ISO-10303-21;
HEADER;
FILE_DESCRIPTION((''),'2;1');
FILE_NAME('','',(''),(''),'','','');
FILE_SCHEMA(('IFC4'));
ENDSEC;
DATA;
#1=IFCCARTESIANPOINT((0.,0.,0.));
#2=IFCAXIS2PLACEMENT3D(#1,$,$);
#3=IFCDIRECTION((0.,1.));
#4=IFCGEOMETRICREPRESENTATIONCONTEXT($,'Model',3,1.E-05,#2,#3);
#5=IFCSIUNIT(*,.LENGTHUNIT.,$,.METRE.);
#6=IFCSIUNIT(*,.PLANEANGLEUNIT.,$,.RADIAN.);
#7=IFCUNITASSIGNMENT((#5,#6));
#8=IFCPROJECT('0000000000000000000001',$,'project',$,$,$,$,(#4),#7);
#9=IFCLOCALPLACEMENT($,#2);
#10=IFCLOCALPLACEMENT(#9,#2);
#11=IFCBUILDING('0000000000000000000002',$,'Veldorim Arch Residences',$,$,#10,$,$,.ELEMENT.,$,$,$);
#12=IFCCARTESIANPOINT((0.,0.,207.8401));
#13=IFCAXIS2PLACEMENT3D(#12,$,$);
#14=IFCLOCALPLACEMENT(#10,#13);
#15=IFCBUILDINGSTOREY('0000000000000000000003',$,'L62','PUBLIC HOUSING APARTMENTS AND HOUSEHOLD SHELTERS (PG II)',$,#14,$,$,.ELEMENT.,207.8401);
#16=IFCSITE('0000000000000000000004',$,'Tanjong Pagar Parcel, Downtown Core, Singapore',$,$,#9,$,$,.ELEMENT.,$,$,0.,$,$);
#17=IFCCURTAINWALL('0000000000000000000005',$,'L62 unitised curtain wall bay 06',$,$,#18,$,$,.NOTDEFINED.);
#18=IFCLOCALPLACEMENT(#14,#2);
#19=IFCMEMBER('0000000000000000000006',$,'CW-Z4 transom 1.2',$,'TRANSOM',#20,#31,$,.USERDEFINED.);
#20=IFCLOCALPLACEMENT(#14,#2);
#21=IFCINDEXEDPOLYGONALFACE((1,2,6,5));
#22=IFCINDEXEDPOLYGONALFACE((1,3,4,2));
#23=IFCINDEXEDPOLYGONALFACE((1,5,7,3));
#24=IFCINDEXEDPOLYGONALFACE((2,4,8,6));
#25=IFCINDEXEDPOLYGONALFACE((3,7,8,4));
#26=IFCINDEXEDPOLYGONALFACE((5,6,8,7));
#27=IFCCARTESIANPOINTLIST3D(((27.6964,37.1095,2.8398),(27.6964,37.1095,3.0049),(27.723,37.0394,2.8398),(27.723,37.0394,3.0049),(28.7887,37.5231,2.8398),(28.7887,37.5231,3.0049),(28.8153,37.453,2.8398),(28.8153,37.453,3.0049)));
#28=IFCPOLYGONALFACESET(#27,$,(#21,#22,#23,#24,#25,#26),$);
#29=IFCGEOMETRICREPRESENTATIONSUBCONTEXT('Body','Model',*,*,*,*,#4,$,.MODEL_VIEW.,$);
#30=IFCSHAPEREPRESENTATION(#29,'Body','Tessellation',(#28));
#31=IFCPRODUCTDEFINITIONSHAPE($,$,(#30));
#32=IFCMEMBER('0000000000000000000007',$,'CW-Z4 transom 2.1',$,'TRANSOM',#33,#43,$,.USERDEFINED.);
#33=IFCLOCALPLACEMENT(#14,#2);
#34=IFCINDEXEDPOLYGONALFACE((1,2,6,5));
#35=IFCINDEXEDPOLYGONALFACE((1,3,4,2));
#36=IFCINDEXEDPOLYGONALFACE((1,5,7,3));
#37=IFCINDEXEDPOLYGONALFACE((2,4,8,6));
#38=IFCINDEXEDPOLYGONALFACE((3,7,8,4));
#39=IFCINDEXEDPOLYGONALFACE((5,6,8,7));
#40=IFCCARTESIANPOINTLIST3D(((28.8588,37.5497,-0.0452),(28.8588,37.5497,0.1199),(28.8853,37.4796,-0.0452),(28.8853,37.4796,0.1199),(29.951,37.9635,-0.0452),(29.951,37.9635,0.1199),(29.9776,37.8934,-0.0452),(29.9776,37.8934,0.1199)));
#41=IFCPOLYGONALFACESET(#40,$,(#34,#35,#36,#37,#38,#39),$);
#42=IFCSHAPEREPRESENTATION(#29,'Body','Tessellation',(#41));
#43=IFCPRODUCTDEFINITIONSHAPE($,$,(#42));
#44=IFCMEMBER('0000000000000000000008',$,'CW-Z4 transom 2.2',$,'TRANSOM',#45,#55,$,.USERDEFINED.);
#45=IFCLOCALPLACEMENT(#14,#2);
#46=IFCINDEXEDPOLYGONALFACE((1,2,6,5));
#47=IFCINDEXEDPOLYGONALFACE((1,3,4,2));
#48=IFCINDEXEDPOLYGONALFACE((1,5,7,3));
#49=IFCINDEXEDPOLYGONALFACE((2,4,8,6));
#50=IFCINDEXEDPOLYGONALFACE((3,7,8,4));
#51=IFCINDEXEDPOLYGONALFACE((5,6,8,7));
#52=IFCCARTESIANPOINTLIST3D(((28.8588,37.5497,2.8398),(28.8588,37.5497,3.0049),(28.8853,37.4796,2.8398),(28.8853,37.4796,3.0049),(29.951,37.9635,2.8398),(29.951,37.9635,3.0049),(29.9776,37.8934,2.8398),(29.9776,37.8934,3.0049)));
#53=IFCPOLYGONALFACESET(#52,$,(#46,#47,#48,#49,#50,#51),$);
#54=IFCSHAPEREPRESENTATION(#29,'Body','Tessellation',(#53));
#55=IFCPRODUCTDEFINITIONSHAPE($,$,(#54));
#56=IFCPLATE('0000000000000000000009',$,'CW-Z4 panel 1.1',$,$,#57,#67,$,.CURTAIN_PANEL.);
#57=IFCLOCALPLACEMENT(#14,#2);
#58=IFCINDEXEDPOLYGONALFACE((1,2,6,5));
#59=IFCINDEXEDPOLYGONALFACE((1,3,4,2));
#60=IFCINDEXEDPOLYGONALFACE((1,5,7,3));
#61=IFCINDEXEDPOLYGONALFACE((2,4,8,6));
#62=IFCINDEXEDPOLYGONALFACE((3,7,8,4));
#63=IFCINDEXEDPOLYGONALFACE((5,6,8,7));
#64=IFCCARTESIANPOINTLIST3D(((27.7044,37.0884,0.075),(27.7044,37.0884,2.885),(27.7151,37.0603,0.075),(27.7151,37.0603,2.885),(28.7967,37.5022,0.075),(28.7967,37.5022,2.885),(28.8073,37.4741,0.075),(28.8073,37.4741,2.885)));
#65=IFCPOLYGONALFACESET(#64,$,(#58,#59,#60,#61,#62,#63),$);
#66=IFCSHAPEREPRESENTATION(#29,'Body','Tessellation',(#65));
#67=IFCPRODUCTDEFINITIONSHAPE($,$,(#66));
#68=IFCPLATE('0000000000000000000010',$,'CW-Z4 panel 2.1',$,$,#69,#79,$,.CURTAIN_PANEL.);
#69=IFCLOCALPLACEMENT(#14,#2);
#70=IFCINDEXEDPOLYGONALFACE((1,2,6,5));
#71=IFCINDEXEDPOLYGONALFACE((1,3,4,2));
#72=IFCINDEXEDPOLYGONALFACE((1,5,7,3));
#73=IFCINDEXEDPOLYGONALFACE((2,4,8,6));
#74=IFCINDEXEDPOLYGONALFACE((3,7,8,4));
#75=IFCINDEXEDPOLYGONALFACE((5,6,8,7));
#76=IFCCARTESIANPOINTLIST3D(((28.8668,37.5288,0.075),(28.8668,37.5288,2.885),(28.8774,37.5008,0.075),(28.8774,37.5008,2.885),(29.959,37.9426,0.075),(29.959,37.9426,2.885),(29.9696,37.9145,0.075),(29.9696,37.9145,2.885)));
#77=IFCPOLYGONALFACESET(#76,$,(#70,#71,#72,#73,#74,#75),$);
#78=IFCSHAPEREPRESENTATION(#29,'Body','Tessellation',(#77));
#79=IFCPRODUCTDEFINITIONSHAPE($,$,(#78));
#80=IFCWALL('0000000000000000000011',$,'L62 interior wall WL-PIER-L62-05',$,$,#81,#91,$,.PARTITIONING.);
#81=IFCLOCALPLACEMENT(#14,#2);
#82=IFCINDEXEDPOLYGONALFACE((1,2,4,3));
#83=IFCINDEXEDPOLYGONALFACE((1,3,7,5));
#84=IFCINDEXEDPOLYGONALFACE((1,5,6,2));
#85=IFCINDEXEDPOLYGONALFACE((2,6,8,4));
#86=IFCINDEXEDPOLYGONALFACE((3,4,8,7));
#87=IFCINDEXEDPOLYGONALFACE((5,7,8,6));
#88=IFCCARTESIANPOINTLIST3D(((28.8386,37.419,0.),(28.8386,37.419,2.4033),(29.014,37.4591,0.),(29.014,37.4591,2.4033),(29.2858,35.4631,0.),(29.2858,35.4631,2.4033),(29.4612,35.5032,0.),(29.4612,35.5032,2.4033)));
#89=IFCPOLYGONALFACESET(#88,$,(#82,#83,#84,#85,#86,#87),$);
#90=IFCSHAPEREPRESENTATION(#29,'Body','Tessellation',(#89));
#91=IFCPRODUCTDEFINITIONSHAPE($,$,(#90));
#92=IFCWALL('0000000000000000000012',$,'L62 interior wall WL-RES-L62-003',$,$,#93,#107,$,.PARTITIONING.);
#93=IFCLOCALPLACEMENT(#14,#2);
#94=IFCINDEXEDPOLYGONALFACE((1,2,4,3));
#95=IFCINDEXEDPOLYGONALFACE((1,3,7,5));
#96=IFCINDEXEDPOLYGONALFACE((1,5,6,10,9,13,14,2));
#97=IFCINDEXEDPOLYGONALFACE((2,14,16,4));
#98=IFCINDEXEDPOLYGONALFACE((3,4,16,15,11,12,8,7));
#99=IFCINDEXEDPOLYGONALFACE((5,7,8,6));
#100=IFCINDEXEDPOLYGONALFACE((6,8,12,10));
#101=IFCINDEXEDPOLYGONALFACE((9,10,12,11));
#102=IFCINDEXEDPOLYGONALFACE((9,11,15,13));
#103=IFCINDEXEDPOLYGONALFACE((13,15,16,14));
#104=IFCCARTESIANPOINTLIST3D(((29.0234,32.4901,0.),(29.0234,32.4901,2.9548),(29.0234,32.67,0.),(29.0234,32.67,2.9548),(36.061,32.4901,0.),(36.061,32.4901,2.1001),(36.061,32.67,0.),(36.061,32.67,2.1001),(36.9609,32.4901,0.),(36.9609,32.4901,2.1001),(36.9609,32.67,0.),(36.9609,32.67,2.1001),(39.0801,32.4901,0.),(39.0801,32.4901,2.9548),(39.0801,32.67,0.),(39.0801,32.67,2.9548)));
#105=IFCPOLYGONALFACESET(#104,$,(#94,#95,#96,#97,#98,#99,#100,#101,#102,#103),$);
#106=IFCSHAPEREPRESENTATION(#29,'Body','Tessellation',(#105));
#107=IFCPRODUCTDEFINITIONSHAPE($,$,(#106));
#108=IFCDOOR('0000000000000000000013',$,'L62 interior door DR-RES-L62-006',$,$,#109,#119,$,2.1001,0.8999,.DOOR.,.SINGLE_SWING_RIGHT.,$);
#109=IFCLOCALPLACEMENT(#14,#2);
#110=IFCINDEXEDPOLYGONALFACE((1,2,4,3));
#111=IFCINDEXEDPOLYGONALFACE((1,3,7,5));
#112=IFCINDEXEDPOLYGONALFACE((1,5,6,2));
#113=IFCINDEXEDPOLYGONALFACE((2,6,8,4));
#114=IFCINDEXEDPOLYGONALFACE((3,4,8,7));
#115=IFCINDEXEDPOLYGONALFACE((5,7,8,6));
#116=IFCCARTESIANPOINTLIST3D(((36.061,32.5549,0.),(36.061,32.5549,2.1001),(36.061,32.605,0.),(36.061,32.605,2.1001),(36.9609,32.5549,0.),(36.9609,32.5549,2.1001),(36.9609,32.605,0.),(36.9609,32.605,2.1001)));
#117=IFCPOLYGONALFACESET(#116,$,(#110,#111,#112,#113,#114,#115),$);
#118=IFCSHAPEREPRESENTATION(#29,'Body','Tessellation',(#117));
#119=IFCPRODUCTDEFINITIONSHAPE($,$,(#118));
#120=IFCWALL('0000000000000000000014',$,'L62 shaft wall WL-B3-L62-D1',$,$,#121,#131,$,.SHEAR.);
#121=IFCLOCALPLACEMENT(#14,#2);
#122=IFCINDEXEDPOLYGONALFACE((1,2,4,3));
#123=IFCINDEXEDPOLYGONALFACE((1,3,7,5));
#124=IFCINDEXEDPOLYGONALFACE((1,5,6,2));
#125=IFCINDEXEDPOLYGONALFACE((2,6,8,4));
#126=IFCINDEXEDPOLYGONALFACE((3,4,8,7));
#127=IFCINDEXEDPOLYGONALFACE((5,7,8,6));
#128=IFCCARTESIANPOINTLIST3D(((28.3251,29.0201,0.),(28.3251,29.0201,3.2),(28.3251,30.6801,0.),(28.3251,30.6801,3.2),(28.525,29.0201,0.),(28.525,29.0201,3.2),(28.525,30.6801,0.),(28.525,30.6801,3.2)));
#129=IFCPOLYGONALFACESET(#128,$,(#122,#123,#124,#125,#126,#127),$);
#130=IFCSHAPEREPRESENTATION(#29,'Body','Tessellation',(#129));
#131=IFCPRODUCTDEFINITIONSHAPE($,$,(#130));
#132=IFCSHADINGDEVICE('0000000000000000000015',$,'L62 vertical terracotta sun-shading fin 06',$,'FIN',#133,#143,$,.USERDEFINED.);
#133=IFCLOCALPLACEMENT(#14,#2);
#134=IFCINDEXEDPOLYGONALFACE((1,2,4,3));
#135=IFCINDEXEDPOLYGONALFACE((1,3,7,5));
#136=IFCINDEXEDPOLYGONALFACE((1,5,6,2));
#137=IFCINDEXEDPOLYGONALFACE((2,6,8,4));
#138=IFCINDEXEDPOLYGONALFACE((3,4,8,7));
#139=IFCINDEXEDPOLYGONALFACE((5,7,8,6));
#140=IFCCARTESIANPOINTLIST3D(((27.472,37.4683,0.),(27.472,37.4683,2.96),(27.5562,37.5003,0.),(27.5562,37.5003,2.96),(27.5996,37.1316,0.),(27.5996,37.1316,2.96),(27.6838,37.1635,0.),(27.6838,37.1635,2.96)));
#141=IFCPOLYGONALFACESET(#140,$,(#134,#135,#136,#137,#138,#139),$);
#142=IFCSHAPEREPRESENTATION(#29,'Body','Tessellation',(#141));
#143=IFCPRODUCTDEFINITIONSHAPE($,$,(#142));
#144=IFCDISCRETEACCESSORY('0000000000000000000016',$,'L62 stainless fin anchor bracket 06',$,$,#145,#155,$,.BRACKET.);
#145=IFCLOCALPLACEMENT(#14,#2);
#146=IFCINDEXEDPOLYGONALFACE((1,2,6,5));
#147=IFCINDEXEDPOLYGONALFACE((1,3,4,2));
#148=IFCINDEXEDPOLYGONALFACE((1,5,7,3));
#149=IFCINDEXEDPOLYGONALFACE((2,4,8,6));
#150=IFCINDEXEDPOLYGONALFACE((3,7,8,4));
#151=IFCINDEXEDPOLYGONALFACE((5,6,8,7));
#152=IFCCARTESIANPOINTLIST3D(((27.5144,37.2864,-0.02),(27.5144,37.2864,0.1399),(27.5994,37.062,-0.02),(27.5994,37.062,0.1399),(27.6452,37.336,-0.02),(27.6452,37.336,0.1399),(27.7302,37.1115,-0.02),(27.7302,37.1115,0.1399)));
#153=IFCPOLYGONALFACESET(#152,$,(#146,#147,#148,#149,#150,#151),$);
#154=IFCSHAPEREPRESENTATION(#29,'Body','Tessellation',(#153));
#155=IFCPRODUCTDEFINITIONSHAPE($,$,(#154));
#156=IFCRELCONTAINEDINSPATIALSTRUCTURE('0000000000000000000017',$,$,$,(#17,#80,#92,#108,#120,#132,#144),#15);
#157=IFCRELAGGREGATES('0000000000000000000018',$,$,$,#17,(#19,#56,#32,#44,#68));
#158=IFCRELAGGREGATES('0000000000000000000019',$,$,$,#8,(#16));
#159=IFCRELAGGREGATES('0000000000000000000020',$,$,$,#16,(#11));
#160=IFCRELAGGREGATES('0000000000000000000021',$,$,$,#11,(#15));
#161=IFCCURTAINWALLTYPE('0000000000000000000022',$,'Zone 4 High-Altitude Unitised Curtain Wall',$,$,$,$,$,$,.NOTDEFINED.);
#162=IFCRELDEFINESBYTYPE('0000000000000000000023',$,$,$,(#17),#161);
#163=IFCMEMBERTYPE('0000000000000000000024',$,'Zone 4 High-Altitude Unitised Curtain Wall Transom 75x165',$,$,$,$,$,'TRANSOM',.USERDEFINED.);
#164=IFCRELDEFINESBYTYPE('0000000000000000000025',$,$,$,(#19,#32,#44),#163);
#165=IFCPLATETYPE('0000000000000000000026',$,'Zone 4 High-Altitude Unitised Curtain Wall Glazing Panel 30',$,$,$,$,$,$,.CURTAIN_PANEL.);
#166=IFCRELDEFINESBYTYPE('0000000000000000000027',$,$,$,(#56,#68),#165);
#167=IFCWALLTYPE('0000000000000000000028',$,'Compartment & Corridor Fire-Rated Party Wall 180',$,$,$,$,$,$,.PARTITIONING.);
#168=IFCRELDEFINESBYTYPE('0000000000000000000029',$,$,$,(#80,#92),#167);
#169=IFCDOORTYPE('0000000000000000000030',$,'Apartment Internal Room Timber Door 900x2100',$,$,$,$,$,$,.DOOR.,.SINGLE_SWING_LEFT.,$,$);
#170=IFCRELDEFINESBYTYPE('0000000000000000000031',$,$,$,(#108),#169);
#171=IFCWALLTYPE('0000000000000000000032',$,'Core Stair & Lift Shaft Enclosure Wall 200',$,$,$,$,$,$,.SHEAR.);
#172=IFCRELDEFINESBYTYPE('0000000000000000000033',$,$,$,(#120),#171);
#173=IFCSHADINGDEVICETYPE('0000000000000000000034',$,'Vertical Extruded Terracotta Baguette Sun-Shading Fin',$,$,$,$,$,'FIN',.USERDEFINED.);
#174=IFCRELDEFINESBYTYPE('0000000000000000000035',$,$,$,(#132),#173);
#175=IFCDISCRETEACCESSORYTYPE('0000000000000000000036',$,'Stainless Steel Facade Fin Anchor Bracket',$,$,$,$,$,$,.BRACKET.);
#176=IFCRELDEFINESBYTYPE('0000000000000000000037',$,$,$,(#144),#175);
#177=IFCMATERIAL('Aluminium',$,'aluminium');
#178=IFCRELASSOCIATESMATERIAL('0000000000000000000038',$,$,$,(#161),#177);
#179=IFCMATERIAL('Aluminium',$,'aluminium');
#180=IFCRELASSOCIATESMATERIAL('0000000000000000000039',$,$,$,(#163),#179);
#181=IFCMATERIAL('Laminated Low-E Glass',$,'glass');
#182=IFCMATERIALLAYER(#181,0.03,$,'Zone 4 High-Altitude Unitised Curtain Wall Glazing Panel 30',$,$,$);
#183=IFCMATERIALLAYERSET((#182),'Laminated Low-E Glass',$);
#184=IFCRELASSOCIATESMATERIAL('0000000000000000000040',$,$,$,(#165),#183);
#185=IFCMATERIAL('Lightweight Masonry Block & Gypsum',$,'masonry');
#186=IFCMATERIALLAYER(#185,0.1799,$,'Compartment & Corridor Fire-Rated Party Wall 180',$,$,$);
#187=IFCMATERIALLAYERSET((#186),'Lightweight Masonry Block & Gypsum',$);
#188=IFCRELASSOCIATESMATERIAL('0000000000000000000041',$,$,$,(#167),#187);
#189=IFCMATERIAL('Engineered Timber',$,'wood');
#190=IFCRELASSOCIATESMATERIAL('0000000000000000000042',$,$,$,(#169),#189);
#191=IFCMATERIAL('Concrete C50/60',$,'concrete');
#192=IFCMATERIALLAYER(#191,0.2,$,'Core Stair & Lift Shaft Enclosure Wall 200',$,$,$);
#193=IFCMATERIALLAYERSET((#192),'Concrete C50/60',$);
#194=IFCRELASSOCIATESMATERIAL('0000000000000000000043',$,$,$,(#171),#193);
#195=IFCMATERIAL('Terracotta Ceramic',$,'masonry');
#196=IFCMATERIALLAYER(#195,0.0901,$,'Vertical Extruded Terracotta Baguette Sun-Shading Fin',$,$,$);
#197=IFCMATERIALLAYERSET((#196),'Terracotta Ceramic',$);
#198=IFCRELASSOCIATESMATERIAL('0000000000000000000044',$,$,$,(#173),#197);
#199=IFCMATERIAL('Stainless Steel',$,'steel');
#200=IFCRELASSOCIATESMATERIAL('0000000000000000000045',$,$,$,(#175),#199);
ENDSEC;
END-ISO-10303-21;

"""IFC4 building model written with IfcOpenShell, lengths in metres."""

from ifc_helpers import new_model, si_unit, direction, frame, frame_2d, origin, origin_2d, place, context, subcontext, project, spatial, rectangle, extrude, material, layer, layer_set, material_profile, profile_set, type_object, element, fill, aggregate, save


model = new_model("IFC4")

# Units and contexts
model_context = context("Model", 3, precision=1e-05, world=origin(), true_north=direction((0.0, 1.0)))
body_context = subcontext(model_context, "Body", "Model", "MODEL_VIEW")
ifc_project = project(units=[si_unit("LENGTHUNIT", "METRE"), si_unit("PLANEANGLEUNIT", "RADIAN")], contexts=[model_context])

# Site, building, storey
site_placement = place(None, origin())
site = spatial("IfcSite", under=ifc_project, at=site_placement, Name="Tanjong Pagar Parcel, Downtown Core, Singapore", CompositionType="ELEMENT", RefElevation=0.0)
building_placement = place(site_placement, origin())
building = spatial("IfcBuilding", under=site, at=building_placement, Name="Veldorim Arch Residences", CompositionType="ELEMENT")
storey_placement = place(building_placement, frame((0.0, 0.0, 207.8401)))
storey = spatial("IfcBuildingStorey", under=building, at=storey_placement, Name="L62", Description="PUBLIC HOUSING APARTMENTS AND HOUSEHOLD SHELTERS (PG II)", CompositionType="ELEMENT", Elevation=207.8401)

# Curtain wall, members, plates
ifc_material_1 = material(Name="Aluminium", Category="aluminium")
curtain_wall_type = type_object("IfcCurtainWallType", Name="Zone 4 High-Altitude Unitised Curtain Wall", PredefinedType="NOTDEFINED", material=ifc_material_1)
curtain_wall_placement = place(storey_placement, origin())
curtain_wall = element("IfcCurtainWall", 1, at=curtain_wall_placement, inside=storey, type_object=curtain_wall_type, Name="L62 unitised curtain wall bay 06", PredefinedType="NOTDEFINED")
ifc_material_2 = material(Name="Aluminium", Category="aluminium")
ifc_material_profile_1 = material_profile(ifc_material_2, rectangle(XDim=0.075, YDim=0.165, at=origin_2d()), Name="ALU_TRN_75x165")
ifc_profile_set_1 = profile_set([ifc_material_profile_1], Name="Aluminium")
member_type_1 = type_object("IfcMemberType", Name="Zone 4 High-Altitude Unitised Curtain Wall Transom 75x165", ElementType="TRANSOM", PredefinedType="USERDEFINED", material=ifc_profile_set_1)
member_1_placement = place(storey_placement, frame((27.7097, 37.0745, 2.9224), z_axis=(0.935208, 0.3541, 0.0), x_axis=(-0.3541, 0.935208, 0.0)))
member_1 = element("IfcMember", 2, at=member_1_placement, type_object=member_type_1, Name="CW-Z4 transom 1.2", ObjectType="TRANSOM", PredefinedType="USERDEFINED", context=body_context, shape_type="SweptSolid", body=[
    extrude(rectangle(XDim=0.075, YDim=0.165, at=origin_2d()), origin(), (0.0, 0.0, 1.0), 1.168),
])
member_2_placement = place(storey_placement, frame((28.8721, 37.5146, 0.0374), z_axis=(0.935138, 0.354282, 0.0), x_axis=(-0.354282, 0.935138, 0.0)))
member_2 = element("IfcMember", 3, at=member_2_placement, type_object=member_type_1, Name="CW-Z4 transom 2.1", ObjectType="TRANSOM", PredefinedType="USERDEFINED", context=body_context, shape_type="SweptSolid", body=[
    extrude(rectangle(XDim=0.075, YDim=0.165, at=origin_2d()), origin(), (0.0, 0.0, 1.0), 1.168),
])
member_3_placement = place(storey_placement, frame((28.8721, 37.5146, 2.9224), z_axis=(0.935138, 0.354282, 0.0), x_axis=(-0.354282, 0.935138, 0.0)))
member_3 = element("IfcMember", 4, at=member_3_placement, type_object=member_type_1, Name="CW-Z4 transom 2.2", ObjectType="TRANSOM", PredefinedType="USERDEFINED", context=body_context, shape_type="SweptSolid", body=[
    extrude(rectangle(XDim=0.075, YDim=0.165, at=origin_2d()), origin(), (0.0, 0.0, 1.0), 1.168),
])
ifc_material_3 = material(Name="Laminated Low-E Glass", Category="glass")
ifc_layer_1 = layer(ifc_material_3, 0.03, Name="Zone 4 High-Altitude Unitised Curtain Wall Glazing Panel 30")
ifc_layer_set_1 = layer_set([ifc_layer_1], Name="Laminated Low-E Glass")
plate_type = type_object("IfcPlateType", Name="Zone 4 High-Altitude Unitised Curtain Wall Glazing Panel 30", PredefinedType="CURTAIN_PANEL", material=ifc_layer_set_1)
plate_1_placement = place(storey_placement, frame((28.2559, 37.2812, 0.075), z_axis=(0.0, 0.0, 1.0), x_axis=(0.935154, 0.354241, 0.0)))
plate_1 = element("IfcPlate", 5, at=plate_1_placement, type_object=plate_type, Name="CW-Z4 panel 1.1", PredefinedType="CURTAIN_PANEL", context=body_context, shape_type="SweptSolid", body=[
    extrude(rectangle(XDim=1.168, YDim=0.03, at=origin_2d()), origin(), (0.0, 0.0, 1.0), 2.8101),
])
plate_2_placement = place(storey_placement, frame((29.4182, 37.7217, 0.075), z_axis=(0.0, 0.0, 1.0), x_axis=(0.935154, 0.354241, 0.0)))
plate_2 = element("IfcPlate", 6, at=plate_2_placement, type_object=plate_type, Name="CW-Z4 panel 2.1", PredefinedType="CURTAIN_PANEL", context=body_context, shape_type="SweptSolid", body=[
    extrude(rectangle(XDim=1.168, YDim=0.03, at=origin_2d()), origin(), (0.0, 0.0, 1.0), 2.8101),
])
aggregate(curtain_wall, [member_1, plate_1, member_2, member_3, plate_2])

# Wall
ifc_material_4 = material(Name="Lightweight Masonry Block & Gypsum", Category="masonry")
ifc_layer_2 = layer(ifc_material_4, 0.1799, Name="Compartment & Corridor Fire-Rated Party Wall 180")
ifc_layer_set_2 = layer_set([ifc_layer_2], Name="Lightweight Masonry Block & Gypsum")
wall_type_1 = type_object("IfcWallType", Name="Compartment & Corridor Fire-Rated Party Wall 180", PredefinedType="PARTITIONING", material=ifc_layer_set_2)
wall_1_placement = place(storey_placement, frame((29.3735, 35.4832, 0.0), z_axis=(0.0, 0.0, 1.0), x_axis=(-0.222931, 0.974834, 0.0)))
element("IfcWall", 7, at=wall_1_placement, inside=storey, type_object=wall_type_1, Name="L62 interior wall WL-PIER-L62-05", PredefinedType="PARTITIONING", context=body_context, shape_type="SweptSolid", body=[
    extrude(rectangle(XDim=2.0063, YDim=0.1799, at=frame_2d((1.0032, 0.0))), origin(), (0.0, 0.0, 1.0), 2.4033),
])

# Wall, opening, door
wall_2_placement = place(storey_placement, frame((29.0234, 32.5801, 0.0), z_axis=(0.0, 0.0, 1.0), x_axis=(1.0, 0.0, 0.0)))
wall_2 = element("IfcWall", 8, at=wall_2_placement, inside=storey, type_object=wall_type_1, Name="L62 interior wall WL-RES-L62-003", PredefinedType="PARTITIONING", context=body_context, shape_type="SweptSolid", body=[
    extrude(rectangle(XDim=10.0566, YDim=0.1799, at=frame_2d((5.0283, 0.0))), origin(), (0.0, 0.0, 1.0), 2.9548),
])
opening_placement = place(wall_2_placement, frame((7.0376, 0.0, 0.0)))
opening = element("IfcOpeningElement", 9, at=opening_placement, cuts=wall_2, PredefinedType="OPENING", context=body_context, shape_type="SweptSolid", body=[
    extrude(rectangle(XDim=0.8999, YDim=2.1001, at=frame_2d((0.45, 1.05))), frame((0.0, 0.0999, 0.0), z_axis=(0.0, -1.0, 0.0), x_axis=(1.0, 0.0, 0.0)), (0.0, 0.0, 1.0), 0.2),
])
ifc_material_5 = material(Name="Engineered Timber", Category="wood")
door_type = type_object("IfcDoorType", Name="Apartment Internal Room Timber Door 900x2100", OperationType="SINGLE_SWING_LEFT", PredefinedType="DOOR", material=ifc_material_5)
door_placement = place(opening_placement, origin())
door = element("IfcDoor", 10, at=door_placement, inside=storey, type_object=door_type, Name="L62 interior door DR-RES-L62-006", OperationType="SINGLE_SWING_RIGHT", OverallHeight=2.1001, OverallWidth=0.8999, PredefinedType="DOOR", context=body_context, shape_type="SweptSolid", body=[
    extrude(rectangle(XDim=0.8999, YDim=2.1001, at=frame_2d((0.45, 1.05))), frame((0.0, 0.0249, 0.0), z_axis=(0.0, -1.0, 0.0), x_axis=(1.0, 0.0, 0.0)), (0.0, 0.0, 1.0), 0.05),
])
fill(opening, door)

# Wall
ifc_material_6 = material(Name="Concrete C50/60", Category="concrete")
ifc_layer_3 = layer(ifc_material_6, 0.2, Name="Core Stair & Lift Shaft Enclosure Wall 200")
ifc_layer_set_3 = layer_set([ifc_layer_3], Name="Concrete C50/60")
wall_type_2 = type_object("IfcWallType", Name="Core Stair & Lift Shaft Enclosure Wall 200", PredefinedType="SHEAR", material=ifc_layer_set_3)
wall_3_placement = place(storey_placement, frame((28.425, 29.02, 0.0), z_axis=(0.0, 0.0, 1.0), x_axis=(0.0, 1.0, 0.0)))
element("IfcWall", 11, at=wall_3_placement, inside=storey, type_object=wall_type_2, Name="L62 shaft wall WL-B3-L62-D1", PredefinedType="SHEAR", context=body_context, shape_type="SweptSolid", body=[
    extrude(rectangle(XDim=1.6599, YDim=0.2, at=frame_2d((0.8301, 0.0))), origin(), (0.0, 0.0, 1.0), 3.2),
])

# Shading device
ifc_material_7 = material(Name="Terracotta Ceramic", Category="masonry")
ifc_layer_4 = layer(ifc_material_7, 0.0901, Name="Vertical Extruded Terracotta Baguette Sun-Shading Fin")
ifc_layer_set_4 = layer_set([ifc_layer_4], Name="Terracotta Ceramic")
shading_device_type = type_object("IfcShadingDeviceType", Name="Vertical Extruded Terracotta Baguette Sun-Shading Fin", ElementType="FIN", PredefinedType="USERDEFINED", material=ifc_layer_set_4)
shading_device_placement = place(storey_placement, frame((27.5779, 37.3159, 0.0), z_axis=(0.0, 0.0, 1.0), x_axis=(0.935135, 0.354291, 0.0)))
element("IfcShadingDevice", 12, at=shading_device_placement, inside=storey, type_object=shading_device_type, Name="L62 vertical terracotta sun-shading fin 06", ObjectType="FIN", PredefinedType="USERDEFINED", context=body_context, shape_type="SweptSolid", body=[
    extrude(rectangle(XDim=0.0901, YDim=0.3601, at=origin_2d()), origin(), (0.0, 0.0, 1.0), 2.96),
])

# Discrete accessory
ifc_material_8 = material(Name="Stainless Steel", Category="steel")
discrete_accessory_type = type_object("IfcDiscreteAccessoryType", Name="Stainless Steel Facade Fin Anchor Bracket", PredefinedType="BRACKET", material=ifc_material_8)
discrete_accessory_placement = place(storey_placement, frame((27.6223, 37.199, -0.02), z_axis=(0.0, 0.0, 1.0), x_axis=(0.935135, 0.354291, 0.0)))
element("IfcDiscreteAccessory", 13, at=discrete_accessory_placement, inside=storey, type_object=discrete_accessory_type, Name="L62 stainless fin anchor bracket 06", PredefinedType="BRACKET", context=body_context, shape_type="SweptSolid", body=[
    extrude(rectangle(XDim=0.1399, YDim=0.24, at=origin_2d()), origin(), (0.0, 0.0, 1.0), 0.1599),
])

save(model, "model.ifc")
